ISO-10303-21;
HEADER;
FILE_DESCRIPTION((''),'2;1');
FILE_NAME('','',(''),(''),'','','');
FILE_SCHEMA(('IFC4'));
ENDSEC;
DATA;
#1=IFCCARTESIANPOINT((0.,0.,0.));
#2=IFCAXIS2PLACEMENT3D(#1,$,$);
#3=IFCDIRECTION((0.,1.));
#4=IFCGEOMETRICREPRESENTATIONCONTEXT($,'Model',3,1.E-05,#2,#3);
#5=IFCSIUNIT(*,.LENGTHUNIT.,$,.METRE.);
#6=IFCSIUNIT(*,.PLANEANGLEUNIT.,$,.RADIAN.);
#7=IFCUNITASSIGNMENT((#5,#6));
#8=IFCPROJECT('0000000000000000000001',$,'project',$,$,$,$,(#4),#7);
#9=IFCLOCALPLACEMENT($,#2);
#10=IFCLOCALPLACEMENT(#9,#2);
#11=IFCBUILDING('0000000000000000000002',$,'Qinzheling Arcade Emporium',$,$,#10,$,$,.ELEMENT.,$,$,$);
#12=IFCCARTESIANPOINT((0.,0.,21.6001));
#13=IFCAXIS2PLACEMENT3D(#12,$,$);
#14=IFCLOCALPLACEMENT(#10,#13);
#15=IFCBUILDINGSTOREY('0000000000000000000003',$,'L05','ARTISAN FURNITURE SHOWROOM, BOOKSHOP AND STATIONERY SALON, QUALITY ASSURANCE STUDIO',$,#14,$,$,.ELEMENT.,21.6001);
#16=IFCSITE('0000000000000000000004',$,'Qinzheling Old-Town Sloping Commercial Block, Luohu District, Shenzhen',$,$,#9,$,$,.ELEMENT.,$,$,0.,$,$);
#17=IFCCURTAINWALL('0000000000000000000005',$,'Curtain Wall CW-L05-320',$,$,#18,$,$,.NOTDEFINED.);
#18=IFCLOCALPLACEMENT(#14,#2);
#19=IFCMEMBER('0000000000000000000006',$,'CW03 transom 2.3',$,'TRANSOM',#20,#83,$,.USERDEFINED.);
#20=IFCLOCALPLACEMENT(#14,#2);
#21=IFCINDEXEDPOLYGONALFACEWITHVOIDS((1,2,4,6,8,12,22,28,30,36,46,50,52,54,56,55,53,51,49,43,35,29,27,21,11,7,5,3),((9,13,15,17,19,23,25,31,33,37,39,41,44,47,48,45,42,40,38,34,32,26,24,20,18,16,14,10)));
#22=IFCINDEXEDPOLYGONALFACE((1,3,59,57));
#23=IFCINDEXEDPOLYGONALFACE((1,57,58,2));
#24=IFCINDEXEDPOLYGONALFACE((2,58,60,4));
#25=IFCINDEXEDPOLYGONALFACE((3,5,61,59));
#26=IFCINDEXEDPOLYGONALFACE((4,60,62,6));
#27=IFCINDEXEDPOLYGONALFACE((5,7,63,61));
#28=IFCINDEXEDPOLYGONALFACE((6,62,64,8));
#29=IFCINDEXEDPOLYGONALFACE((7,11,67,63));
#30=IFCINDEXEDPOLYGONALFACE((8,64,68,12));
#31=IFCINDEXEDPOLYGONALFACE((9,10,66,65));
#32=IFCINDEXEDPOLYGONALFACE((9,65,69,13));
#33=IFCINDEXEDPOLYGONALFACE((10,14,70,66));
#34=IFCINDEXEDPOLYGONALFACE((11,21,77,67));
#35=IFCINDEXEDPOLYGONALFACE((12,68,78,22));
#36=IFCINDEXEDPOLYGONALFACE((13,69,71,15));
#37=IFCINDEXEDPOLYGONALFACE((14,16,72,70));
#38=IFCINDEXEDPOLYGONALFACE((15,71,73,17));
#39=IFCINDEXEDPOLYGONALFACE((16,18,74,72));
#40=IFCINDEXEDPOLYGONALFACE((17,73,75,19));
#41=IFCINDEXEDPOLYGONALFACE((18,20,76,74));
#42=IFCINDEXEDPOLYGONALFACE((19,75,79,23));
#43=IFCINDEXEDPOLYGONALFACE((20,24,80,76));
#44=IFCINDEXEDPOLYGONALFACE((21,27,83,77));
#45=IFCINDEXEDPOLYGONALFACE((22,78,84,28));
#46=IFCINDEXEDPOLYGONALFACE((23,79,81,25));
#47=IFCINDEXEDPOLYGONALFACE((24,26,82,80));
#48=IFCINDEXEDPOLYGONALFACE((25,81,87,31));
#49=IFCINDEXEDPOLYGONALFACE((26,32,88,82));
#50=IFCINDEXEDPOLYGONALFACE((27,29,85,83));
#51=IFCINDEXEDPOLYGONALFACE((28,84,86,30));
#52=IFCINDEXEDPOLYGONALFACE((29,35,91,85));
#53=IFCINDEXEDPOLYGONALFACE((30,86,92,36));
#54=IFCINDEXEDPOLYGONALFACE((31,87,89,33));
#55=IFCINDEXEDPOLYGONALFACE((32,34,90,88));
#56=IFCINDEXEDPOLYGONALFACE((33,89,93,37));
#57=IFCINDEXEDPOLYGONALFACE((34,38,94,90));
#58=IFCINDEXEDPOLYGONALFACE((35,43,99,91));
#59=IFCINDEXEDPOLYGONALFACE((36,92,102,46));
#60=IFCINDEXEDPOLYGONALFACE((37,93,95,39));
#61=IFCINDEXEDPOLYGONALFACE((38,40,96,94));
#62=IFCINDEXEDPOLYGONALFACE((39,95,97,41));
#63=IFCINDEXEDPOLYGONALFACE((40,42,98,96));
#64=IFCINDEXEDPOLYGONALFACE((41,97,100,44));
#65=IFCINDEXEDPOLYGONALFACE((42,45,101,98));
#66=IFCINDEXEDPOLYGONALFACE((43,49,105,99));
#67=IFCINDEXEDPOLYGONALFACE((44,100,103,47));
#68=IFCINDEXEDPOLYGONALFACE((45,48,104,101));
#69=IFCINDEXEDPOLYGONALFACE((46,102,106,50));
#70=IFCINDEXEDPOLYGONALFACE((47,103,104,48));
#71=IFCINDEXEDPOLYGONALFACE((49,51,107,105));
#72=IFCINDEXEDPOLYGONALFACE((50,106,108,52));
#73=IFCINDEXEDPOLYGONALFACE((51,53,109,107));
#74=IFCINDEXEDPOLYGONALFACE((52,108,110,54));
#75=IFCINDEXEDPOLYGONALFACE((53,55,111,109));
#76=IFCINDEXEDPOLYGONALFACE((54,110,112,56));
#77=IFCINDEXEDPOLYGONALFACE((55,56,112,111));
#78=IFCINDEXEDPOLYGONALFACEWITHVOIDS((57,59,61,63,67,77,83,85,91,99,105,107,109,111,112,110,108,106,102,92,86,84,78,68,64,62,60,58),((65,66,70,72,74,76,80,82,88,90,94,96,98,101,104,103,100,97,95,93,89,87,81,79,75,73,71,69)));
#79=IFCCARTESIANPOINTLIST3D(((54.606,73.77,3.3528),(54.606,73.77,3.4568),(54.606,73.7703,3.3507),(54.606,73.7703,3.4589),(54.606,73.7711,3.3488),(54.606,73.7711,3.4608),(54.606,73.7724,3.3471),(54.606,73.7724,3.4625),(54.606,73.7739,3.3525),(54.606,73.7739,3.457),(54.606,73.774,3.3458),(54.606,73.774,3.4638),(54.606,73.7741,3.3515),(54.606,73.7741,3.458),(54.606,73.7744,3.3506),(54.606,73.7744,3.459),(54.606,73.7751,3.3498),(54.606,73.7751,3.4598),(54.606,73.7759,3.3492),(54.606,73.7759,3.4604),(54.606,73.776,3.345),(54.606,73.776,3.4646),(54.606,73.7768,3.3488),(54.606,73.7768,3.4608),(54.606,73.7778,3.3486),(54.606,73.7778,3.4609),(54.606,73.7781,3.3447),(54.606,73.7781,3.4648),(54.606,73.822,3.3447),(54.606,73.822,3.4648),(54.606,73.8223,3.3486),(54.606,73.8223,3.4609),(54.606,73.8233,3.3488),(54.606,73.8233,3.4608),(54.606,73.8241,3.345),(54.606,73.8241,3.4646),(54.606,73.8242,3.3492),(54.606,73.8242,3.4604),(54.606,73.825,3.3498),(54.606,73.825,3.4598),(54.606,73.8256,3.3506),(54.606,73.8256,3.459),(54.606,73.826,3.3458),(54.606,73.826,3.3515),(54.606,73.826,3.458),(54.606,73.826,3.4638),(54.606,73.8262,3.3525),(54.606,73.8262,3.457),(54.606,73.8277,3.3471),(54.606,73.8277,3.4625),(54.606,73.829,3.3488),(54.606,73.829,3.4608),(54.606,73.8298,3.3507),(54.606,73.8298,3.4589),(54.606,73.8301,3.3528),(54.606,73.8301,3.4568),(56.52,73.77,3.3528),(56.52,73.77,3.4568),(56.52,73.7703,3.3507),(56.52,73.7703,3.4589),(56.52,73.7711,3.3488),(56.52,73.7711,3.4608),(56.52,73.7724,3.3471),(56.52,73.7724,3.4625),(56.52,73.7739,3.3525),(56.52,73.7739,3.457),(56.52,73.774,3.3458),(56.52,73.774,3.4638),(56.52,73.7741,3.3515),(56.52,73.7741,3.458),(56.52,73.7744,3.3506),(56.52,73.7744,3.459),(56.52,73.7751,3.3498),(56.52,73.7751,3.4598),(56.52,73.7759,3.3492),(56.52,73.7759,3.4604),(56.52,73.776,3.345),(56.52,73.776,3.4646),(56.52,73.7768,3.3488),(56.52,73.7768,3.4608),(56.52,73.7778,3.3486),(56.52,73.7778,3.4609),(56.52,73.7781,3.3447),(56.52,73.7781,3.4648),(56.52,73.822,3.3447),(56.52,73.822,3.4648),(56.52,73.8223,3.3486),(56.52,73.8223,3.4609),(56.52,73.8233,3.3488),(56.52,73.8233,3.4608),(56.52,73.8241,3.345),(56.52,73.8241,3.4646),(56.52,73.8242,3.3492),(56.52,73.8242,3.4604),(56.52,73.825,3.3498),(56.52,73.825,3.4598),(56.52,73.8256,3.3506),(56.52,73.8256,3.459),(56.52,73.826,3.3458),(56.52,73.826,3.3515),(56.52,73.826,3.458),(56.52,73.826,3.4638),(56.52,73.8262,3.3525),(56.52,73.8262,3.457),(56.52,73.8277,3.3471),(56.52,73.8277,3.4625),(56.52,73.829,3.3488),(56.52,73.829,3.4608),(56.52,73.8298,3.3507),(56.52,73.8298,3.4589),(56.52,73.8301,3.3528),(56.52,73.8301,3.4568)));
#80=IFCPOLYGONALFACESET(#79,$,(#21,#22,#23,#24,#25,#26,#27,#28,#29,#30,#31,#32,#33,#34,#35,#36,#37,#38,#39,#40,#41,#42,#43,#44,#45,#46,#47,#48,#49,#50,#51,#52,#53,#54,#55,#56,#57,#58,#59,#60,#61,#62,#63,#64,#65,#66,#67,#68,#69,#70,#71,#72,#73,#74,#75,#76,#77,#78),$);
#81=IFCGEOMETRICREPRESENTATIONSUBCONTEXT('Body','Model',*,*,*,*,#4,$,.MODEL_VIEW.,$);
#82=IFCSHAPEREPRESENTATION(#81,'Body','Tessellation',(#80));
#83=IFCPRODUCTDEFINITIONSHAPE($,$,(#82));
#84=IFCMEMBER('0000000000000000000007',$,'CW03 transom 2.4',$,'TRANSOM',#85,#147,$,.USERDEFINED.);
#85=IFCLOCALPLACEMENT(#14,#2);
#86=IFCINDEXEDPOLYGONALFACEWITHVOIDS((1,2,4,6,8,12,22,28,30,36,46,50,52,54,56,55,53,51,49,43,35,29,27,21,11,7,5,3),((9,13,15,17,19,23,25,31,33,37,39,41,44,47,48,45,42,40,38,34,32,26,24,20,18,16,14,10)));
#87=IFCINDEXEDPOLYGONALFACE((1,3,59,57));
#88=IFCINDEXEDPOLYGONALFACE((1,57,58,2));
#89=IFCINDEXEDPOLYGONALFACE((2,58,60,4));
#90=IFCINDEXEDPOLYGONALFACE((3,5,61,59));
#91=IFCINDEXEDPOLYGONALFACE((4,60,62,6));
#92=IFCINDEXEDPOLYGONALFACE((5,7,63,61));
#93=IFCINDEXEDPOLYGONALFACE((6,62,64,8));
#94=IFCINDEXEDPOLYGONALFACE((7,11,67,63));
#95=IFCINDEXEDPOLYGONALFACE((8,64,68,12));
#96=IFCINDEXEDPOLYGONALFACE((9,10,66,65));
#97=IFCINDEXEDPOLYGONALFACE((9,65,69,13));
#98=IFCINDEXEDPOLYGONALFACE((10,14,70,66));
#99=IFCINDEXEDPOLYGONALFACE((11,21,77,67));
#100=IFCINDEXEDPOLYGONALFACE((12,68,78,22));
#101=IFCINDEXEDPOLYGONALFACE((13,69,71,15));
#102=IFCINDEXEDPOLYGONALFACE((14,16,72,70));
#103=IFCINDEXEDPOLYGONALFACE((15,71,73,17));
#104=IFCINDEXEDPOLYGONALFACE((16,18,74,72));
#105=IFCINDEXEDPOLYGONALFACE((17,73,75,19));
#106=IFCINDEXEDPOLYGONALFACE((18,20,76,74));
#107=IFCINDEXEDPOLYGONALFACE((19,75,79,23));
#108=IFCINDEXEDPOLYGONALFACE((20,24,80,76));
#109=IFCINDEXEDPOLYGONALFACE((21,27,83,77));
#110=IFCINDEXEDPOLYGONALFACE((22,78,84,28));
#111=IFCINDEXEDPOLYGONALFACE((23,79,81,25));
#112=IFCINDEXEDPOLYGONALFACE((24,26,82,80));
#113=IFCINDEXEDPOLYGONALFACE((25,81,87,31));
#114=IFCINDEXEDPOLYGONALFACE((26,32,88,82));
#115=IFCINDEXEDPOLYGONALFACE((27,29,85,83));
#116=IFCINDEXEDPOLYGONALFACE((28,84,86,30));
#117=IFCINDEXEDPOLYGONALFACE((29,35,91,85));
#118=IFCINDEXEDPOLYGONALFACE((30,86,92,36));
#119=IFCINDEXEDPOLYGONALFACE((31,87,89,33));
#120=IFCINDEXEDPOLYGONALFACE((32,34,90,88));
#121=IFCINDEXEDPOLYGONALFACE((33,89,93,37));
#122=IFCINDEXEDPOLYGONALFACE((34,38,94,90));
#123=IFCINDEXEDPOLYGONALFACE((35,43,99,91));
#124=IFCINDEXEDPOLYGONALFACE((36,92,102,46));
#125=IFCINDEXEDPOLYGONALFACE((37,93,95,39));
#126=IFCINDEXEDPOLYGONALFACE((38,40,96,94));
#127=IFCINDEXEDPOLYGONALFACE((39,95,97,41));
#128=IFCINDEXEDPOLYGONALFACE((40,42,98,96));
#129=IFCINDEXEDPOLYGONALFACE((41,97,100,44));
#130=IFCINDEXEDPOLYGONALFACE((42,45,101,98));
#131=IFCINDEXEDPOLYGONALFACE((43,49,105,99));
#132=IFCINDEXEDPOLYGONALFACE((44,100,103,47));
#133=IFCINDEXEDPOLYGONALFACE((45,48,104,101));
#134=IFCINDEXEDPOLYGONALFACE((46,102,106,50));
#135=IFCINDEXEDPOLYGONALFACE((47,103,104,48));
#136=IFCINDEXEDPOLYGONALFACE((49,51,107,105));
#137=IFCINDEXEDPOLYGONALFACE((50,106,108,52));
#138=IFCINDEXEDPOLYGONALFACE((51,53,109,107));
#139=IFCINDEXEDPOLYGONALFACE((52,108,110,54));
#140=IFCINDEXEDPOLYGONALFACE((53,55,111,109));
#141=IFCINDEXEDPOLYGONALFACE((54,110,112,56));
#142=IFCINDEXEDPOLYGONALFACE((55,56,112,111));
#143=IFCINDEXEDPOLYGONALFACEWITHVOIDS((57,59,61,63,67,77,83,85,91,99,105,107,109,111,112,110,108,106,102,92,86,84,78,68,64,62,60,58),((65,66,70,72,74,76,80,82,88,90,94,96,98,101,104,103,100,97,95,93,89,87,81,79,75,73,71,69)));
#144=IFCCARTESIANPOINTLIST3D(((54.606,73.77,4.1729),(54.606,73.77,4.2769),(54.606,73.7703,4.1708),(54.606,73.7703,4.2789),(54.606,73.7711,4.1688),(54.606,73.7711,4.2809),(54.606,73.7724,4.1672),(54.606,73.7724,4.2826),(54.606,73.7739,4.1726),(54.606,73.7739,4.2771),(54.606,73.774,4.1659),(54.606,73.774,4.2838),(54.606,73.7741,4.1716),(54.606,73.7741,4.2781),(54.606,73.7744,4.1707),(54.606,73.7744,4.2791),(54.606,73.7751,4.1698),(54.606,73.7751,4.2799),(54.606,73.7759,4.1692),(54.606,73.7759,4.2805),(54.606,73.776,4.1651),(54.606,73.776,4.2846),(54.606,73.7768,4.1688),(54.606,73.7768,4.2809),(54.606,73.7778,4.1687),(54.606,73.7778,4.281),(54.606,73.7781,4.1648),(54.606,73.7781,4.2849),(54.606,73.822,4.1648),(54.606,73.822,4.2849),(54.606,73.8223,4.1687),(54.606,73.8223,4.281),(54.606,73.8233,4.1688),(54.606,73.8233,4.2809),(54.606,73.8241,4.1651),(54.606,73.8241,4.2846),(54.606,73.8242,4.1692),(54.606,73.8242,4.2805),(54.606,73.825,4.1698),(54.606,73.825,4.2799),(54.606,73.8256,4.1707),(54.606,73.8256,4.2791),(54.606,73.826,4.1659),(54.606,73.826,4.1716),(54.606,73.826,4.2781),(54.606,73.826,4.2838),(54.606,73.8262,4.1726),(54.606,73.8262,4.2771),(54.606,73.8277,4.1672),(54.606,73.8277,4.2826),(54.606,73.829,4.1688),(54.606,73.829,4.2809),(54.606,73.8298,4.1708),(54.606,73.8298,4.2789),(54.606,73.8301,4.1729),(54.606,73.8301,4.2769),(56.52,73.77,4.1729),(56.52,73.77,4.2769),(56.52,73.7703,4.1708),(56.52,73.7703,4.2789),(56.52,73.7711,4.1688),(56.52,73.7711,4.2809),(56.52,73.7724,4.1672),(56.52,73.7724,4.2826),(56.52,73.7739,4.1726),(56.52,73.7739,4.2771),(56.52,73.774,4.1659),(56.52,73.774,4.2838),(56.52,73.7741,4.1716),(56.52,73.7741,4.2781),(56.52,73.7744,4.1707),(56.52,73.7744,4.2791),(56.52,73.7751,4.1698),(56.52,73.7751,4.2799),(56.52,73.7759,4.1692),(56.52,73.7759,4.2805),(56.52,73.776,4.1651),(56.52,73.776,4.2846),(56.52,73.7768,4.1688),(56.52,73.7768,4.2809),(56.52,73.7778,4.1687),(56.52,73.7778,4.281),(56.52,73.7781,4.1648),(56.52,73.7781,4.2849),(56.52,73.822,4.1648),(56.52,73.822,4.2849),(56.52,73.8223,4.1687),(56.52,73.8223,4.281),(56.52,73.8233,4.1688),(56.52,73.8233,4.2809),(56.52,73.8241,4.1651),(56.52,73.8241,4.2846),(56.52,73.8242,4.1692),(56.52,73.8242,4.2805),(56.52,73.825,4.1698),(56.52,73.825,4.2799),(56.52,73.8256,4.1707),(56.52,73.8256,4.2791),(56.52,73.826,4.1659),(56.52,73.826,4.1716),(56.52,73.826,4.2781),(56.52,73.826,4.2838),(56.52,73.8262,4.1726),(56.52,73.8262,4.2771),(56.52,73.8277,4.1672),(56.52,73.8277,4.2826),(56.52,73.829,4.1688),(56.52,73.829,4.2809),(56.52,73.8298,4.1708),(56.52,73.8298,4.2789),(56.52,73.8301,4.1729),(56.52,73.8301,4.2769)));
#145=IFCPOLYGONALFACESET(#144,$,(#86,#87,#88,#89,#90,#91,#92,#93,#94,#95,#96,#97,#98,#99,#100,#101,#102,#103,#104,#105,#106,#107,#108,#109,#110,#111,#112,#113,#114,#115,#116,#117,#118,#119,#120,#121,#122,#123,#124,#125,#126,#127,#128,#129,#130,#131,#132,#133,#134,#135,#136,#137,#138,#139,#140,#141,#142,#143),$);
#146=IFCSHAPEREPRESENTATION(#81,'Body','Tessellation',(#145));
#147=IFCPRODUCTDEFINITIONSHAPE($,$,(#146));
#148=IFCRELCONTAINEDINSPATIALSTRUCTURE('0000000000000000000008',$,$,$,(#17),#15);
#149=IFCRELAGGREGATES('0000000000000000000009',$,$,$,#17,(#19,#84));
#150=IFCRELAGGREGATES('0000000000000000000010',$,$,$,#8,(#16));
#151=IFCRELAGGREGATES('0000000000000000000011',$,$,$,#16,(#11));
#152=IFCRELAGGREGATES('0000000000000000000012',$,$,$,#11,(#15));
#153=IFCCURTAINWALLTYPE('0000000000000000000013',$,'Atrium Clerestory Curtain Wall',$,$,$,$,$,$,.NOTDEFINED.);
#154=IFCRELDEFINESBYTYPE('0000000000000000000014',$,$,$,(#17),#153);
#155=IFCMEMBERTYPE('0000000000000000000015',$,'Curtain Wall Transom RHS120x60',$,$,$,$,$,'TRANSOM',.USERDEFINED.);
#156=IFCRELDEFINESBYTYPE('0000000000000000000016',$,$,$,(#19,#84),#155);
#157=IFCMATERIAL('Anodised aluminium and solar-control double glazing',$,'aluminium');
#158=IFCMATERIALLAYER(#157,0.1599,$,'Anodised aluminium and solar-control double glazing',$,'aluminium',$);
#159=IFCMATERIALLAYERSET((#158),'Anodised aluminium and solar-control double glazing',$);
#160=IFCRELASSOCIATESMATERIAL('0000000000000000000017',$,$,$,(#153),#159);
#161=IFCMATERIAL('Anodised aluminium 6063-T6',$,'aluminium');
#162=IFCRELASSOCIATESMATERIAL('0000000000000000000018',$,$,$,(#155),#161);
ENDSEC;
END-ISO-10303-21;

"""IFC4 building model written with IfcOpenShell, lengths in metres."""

from ifc_helpers import new_model, si_unit, direction, frame, origin, origin_2d, place, context, subcontext, project, spatial, hollow_rectangle, extrude, material, layer, layer_set, material_profile, profile_set, type_object, element, aggregate, save


model = new_model("IFC4")

# Units and contexts
model_context = context("Model", 3, precision=1e-05, world=origin(), true_north=direction((0.0, 1.0)))
body_context = subcontext(model_context, "Body", "Model", "MODEL_VIEW")
ifc_project = project(units=[si_unit("LENGTHUNIT", "METRE"), si_unit("PLANEANGLEUNIT", "RADIAN")], contexts=[model_context])

# Site, building, storey
site_placement = place(None, origin())
site = spatial("IfcSite", under=ifc_project, at=site_placement, Name="Qinzheling Old-Town Sloping Commercial Block, Luohu District, Shenzhen", CompositionType="ELEMENT", RefElevation=0.0)
building_placement = place(site_placement, origin())
building = spatial("IfcBuilding", under=site, at=building_placement, Name="Qinzheling Arcade Emporium", CompositionType="ELEMENT")
storey_placement = place(building_placement, frame((0.0, 0.0, 21.6001)))
storey = spatial("IfcBuildingStorey", under=building, at=storey_placement, Name="L05", Description="ARTISAN FURNITURE SHOWROOM, BOOKSHOP AND STATIONERY SALON, QUALITY ASSURANCE STUDIO", CompositionType="ELEMENT", Elevation=21.6001)

# Curtain wall, members
ifc_material_1 = material(Name="Anodised aluminium and solar-control double glazing", Category="aluminium")
ifc_layer_1 = layer(ifc_material_1, 0.1599, Name="Anodised aluminium and solar-control double glazing", Category="aluminium")
ifc_layer_set_1 = layer_set([ifc_layer_1], Name="Anodised aluminium and solar-control double glazing")
curtain_wall_type = type_object("IfcCurtainWallType", Name="Atrium Clerestory Curtain Wall", PredefinedType="NOTDEFINED", material=ifc_layer_set_1)
curtain_wall_placement = place(storey_placement, origin())
curtain_wall = element("IfcCurtainWall", 1, at=curtain_wall_placement, inside=storey, type_object=curtain_wall_type, Name="Curtain Wall CW-L05-320", PredefinedType="NOTDEFINED")
ifc_material_2 = material(Name="Anodised aluminium 6063-T6", Category="aluminium")
ifc_material_profile_1 = material_profile(ifc_material_2, hollow_rectangle(XDim=0.0601, YDim=0.1201, WallThickness=0.0039, InnerFilletRadius=0.0039, OuterFilletRadius=0.0081, at=origin_2d()), Name="RHS 120x60x4", Category="aluminium")
ifc_profile_set_1 = profile_set([ifc_material_profile_1], Name="Anodised aluminium 6063-T6")
member_type_1 = type_object("IfcMemberType", Name="Curtain Wall Transom RHS120x60", ElementType="TRANSOM", PredefinedType="USERDEFINED", material=ifc_profile_set_1)
member_1_placement = place(storey_placement, frame((54.606, 73.8, 3.4048), z_axis=(1.0, 0.0, 0.0), x_axis=(0.0, 1.0, 0.0)))
member_1 = element("IfcMember", 2, at=member_1_placement, type_object=member_type_1, Name="CW03 transom 2.3", ObjectType="TRANSOM", PredefinedType="USERDEFINED", context=body_context, shape_type="SweptSolid", body=[
    extrude(hollow_rectangle(XDim=0.0601, YDim=0.1201, WallThickness=0.0039, InnerFilletRadius=0.0039, OuterFilletRadius=0.0081, at=origin_2d()), origin(), (0.0, 0.0, 1.0), 1.9141),
])
member_2_placement = place(storey_placement, frame((54.606, 73.8, 4.2249), z_axis=(1.0, 0.0, 0.0), x_axis=(0.0, 1.0, 0.0)))
member_2 = element("IfcMember", 3, at=member_2_placement, type_object=member_type_1, Name="CW03 transom 2.4", ObjectType="TRANSOM", PredefinedType="USERDEFINED", context=body_context, shape_type="SweptSolid", body=[
    extrude(hollow_rectangle(XDim=0.0601, YDim=0.1201, WallThickness=0.0039, InnerFilletRadius=0.0039, OuterFilletRadius=0.0081, at=origin_2d()), origin(), (0.0, 0.0, 1.0), 1.9141),
])

aggregate(curtain_wall, [member_1, member_2])

save(model, "model.ifc")
